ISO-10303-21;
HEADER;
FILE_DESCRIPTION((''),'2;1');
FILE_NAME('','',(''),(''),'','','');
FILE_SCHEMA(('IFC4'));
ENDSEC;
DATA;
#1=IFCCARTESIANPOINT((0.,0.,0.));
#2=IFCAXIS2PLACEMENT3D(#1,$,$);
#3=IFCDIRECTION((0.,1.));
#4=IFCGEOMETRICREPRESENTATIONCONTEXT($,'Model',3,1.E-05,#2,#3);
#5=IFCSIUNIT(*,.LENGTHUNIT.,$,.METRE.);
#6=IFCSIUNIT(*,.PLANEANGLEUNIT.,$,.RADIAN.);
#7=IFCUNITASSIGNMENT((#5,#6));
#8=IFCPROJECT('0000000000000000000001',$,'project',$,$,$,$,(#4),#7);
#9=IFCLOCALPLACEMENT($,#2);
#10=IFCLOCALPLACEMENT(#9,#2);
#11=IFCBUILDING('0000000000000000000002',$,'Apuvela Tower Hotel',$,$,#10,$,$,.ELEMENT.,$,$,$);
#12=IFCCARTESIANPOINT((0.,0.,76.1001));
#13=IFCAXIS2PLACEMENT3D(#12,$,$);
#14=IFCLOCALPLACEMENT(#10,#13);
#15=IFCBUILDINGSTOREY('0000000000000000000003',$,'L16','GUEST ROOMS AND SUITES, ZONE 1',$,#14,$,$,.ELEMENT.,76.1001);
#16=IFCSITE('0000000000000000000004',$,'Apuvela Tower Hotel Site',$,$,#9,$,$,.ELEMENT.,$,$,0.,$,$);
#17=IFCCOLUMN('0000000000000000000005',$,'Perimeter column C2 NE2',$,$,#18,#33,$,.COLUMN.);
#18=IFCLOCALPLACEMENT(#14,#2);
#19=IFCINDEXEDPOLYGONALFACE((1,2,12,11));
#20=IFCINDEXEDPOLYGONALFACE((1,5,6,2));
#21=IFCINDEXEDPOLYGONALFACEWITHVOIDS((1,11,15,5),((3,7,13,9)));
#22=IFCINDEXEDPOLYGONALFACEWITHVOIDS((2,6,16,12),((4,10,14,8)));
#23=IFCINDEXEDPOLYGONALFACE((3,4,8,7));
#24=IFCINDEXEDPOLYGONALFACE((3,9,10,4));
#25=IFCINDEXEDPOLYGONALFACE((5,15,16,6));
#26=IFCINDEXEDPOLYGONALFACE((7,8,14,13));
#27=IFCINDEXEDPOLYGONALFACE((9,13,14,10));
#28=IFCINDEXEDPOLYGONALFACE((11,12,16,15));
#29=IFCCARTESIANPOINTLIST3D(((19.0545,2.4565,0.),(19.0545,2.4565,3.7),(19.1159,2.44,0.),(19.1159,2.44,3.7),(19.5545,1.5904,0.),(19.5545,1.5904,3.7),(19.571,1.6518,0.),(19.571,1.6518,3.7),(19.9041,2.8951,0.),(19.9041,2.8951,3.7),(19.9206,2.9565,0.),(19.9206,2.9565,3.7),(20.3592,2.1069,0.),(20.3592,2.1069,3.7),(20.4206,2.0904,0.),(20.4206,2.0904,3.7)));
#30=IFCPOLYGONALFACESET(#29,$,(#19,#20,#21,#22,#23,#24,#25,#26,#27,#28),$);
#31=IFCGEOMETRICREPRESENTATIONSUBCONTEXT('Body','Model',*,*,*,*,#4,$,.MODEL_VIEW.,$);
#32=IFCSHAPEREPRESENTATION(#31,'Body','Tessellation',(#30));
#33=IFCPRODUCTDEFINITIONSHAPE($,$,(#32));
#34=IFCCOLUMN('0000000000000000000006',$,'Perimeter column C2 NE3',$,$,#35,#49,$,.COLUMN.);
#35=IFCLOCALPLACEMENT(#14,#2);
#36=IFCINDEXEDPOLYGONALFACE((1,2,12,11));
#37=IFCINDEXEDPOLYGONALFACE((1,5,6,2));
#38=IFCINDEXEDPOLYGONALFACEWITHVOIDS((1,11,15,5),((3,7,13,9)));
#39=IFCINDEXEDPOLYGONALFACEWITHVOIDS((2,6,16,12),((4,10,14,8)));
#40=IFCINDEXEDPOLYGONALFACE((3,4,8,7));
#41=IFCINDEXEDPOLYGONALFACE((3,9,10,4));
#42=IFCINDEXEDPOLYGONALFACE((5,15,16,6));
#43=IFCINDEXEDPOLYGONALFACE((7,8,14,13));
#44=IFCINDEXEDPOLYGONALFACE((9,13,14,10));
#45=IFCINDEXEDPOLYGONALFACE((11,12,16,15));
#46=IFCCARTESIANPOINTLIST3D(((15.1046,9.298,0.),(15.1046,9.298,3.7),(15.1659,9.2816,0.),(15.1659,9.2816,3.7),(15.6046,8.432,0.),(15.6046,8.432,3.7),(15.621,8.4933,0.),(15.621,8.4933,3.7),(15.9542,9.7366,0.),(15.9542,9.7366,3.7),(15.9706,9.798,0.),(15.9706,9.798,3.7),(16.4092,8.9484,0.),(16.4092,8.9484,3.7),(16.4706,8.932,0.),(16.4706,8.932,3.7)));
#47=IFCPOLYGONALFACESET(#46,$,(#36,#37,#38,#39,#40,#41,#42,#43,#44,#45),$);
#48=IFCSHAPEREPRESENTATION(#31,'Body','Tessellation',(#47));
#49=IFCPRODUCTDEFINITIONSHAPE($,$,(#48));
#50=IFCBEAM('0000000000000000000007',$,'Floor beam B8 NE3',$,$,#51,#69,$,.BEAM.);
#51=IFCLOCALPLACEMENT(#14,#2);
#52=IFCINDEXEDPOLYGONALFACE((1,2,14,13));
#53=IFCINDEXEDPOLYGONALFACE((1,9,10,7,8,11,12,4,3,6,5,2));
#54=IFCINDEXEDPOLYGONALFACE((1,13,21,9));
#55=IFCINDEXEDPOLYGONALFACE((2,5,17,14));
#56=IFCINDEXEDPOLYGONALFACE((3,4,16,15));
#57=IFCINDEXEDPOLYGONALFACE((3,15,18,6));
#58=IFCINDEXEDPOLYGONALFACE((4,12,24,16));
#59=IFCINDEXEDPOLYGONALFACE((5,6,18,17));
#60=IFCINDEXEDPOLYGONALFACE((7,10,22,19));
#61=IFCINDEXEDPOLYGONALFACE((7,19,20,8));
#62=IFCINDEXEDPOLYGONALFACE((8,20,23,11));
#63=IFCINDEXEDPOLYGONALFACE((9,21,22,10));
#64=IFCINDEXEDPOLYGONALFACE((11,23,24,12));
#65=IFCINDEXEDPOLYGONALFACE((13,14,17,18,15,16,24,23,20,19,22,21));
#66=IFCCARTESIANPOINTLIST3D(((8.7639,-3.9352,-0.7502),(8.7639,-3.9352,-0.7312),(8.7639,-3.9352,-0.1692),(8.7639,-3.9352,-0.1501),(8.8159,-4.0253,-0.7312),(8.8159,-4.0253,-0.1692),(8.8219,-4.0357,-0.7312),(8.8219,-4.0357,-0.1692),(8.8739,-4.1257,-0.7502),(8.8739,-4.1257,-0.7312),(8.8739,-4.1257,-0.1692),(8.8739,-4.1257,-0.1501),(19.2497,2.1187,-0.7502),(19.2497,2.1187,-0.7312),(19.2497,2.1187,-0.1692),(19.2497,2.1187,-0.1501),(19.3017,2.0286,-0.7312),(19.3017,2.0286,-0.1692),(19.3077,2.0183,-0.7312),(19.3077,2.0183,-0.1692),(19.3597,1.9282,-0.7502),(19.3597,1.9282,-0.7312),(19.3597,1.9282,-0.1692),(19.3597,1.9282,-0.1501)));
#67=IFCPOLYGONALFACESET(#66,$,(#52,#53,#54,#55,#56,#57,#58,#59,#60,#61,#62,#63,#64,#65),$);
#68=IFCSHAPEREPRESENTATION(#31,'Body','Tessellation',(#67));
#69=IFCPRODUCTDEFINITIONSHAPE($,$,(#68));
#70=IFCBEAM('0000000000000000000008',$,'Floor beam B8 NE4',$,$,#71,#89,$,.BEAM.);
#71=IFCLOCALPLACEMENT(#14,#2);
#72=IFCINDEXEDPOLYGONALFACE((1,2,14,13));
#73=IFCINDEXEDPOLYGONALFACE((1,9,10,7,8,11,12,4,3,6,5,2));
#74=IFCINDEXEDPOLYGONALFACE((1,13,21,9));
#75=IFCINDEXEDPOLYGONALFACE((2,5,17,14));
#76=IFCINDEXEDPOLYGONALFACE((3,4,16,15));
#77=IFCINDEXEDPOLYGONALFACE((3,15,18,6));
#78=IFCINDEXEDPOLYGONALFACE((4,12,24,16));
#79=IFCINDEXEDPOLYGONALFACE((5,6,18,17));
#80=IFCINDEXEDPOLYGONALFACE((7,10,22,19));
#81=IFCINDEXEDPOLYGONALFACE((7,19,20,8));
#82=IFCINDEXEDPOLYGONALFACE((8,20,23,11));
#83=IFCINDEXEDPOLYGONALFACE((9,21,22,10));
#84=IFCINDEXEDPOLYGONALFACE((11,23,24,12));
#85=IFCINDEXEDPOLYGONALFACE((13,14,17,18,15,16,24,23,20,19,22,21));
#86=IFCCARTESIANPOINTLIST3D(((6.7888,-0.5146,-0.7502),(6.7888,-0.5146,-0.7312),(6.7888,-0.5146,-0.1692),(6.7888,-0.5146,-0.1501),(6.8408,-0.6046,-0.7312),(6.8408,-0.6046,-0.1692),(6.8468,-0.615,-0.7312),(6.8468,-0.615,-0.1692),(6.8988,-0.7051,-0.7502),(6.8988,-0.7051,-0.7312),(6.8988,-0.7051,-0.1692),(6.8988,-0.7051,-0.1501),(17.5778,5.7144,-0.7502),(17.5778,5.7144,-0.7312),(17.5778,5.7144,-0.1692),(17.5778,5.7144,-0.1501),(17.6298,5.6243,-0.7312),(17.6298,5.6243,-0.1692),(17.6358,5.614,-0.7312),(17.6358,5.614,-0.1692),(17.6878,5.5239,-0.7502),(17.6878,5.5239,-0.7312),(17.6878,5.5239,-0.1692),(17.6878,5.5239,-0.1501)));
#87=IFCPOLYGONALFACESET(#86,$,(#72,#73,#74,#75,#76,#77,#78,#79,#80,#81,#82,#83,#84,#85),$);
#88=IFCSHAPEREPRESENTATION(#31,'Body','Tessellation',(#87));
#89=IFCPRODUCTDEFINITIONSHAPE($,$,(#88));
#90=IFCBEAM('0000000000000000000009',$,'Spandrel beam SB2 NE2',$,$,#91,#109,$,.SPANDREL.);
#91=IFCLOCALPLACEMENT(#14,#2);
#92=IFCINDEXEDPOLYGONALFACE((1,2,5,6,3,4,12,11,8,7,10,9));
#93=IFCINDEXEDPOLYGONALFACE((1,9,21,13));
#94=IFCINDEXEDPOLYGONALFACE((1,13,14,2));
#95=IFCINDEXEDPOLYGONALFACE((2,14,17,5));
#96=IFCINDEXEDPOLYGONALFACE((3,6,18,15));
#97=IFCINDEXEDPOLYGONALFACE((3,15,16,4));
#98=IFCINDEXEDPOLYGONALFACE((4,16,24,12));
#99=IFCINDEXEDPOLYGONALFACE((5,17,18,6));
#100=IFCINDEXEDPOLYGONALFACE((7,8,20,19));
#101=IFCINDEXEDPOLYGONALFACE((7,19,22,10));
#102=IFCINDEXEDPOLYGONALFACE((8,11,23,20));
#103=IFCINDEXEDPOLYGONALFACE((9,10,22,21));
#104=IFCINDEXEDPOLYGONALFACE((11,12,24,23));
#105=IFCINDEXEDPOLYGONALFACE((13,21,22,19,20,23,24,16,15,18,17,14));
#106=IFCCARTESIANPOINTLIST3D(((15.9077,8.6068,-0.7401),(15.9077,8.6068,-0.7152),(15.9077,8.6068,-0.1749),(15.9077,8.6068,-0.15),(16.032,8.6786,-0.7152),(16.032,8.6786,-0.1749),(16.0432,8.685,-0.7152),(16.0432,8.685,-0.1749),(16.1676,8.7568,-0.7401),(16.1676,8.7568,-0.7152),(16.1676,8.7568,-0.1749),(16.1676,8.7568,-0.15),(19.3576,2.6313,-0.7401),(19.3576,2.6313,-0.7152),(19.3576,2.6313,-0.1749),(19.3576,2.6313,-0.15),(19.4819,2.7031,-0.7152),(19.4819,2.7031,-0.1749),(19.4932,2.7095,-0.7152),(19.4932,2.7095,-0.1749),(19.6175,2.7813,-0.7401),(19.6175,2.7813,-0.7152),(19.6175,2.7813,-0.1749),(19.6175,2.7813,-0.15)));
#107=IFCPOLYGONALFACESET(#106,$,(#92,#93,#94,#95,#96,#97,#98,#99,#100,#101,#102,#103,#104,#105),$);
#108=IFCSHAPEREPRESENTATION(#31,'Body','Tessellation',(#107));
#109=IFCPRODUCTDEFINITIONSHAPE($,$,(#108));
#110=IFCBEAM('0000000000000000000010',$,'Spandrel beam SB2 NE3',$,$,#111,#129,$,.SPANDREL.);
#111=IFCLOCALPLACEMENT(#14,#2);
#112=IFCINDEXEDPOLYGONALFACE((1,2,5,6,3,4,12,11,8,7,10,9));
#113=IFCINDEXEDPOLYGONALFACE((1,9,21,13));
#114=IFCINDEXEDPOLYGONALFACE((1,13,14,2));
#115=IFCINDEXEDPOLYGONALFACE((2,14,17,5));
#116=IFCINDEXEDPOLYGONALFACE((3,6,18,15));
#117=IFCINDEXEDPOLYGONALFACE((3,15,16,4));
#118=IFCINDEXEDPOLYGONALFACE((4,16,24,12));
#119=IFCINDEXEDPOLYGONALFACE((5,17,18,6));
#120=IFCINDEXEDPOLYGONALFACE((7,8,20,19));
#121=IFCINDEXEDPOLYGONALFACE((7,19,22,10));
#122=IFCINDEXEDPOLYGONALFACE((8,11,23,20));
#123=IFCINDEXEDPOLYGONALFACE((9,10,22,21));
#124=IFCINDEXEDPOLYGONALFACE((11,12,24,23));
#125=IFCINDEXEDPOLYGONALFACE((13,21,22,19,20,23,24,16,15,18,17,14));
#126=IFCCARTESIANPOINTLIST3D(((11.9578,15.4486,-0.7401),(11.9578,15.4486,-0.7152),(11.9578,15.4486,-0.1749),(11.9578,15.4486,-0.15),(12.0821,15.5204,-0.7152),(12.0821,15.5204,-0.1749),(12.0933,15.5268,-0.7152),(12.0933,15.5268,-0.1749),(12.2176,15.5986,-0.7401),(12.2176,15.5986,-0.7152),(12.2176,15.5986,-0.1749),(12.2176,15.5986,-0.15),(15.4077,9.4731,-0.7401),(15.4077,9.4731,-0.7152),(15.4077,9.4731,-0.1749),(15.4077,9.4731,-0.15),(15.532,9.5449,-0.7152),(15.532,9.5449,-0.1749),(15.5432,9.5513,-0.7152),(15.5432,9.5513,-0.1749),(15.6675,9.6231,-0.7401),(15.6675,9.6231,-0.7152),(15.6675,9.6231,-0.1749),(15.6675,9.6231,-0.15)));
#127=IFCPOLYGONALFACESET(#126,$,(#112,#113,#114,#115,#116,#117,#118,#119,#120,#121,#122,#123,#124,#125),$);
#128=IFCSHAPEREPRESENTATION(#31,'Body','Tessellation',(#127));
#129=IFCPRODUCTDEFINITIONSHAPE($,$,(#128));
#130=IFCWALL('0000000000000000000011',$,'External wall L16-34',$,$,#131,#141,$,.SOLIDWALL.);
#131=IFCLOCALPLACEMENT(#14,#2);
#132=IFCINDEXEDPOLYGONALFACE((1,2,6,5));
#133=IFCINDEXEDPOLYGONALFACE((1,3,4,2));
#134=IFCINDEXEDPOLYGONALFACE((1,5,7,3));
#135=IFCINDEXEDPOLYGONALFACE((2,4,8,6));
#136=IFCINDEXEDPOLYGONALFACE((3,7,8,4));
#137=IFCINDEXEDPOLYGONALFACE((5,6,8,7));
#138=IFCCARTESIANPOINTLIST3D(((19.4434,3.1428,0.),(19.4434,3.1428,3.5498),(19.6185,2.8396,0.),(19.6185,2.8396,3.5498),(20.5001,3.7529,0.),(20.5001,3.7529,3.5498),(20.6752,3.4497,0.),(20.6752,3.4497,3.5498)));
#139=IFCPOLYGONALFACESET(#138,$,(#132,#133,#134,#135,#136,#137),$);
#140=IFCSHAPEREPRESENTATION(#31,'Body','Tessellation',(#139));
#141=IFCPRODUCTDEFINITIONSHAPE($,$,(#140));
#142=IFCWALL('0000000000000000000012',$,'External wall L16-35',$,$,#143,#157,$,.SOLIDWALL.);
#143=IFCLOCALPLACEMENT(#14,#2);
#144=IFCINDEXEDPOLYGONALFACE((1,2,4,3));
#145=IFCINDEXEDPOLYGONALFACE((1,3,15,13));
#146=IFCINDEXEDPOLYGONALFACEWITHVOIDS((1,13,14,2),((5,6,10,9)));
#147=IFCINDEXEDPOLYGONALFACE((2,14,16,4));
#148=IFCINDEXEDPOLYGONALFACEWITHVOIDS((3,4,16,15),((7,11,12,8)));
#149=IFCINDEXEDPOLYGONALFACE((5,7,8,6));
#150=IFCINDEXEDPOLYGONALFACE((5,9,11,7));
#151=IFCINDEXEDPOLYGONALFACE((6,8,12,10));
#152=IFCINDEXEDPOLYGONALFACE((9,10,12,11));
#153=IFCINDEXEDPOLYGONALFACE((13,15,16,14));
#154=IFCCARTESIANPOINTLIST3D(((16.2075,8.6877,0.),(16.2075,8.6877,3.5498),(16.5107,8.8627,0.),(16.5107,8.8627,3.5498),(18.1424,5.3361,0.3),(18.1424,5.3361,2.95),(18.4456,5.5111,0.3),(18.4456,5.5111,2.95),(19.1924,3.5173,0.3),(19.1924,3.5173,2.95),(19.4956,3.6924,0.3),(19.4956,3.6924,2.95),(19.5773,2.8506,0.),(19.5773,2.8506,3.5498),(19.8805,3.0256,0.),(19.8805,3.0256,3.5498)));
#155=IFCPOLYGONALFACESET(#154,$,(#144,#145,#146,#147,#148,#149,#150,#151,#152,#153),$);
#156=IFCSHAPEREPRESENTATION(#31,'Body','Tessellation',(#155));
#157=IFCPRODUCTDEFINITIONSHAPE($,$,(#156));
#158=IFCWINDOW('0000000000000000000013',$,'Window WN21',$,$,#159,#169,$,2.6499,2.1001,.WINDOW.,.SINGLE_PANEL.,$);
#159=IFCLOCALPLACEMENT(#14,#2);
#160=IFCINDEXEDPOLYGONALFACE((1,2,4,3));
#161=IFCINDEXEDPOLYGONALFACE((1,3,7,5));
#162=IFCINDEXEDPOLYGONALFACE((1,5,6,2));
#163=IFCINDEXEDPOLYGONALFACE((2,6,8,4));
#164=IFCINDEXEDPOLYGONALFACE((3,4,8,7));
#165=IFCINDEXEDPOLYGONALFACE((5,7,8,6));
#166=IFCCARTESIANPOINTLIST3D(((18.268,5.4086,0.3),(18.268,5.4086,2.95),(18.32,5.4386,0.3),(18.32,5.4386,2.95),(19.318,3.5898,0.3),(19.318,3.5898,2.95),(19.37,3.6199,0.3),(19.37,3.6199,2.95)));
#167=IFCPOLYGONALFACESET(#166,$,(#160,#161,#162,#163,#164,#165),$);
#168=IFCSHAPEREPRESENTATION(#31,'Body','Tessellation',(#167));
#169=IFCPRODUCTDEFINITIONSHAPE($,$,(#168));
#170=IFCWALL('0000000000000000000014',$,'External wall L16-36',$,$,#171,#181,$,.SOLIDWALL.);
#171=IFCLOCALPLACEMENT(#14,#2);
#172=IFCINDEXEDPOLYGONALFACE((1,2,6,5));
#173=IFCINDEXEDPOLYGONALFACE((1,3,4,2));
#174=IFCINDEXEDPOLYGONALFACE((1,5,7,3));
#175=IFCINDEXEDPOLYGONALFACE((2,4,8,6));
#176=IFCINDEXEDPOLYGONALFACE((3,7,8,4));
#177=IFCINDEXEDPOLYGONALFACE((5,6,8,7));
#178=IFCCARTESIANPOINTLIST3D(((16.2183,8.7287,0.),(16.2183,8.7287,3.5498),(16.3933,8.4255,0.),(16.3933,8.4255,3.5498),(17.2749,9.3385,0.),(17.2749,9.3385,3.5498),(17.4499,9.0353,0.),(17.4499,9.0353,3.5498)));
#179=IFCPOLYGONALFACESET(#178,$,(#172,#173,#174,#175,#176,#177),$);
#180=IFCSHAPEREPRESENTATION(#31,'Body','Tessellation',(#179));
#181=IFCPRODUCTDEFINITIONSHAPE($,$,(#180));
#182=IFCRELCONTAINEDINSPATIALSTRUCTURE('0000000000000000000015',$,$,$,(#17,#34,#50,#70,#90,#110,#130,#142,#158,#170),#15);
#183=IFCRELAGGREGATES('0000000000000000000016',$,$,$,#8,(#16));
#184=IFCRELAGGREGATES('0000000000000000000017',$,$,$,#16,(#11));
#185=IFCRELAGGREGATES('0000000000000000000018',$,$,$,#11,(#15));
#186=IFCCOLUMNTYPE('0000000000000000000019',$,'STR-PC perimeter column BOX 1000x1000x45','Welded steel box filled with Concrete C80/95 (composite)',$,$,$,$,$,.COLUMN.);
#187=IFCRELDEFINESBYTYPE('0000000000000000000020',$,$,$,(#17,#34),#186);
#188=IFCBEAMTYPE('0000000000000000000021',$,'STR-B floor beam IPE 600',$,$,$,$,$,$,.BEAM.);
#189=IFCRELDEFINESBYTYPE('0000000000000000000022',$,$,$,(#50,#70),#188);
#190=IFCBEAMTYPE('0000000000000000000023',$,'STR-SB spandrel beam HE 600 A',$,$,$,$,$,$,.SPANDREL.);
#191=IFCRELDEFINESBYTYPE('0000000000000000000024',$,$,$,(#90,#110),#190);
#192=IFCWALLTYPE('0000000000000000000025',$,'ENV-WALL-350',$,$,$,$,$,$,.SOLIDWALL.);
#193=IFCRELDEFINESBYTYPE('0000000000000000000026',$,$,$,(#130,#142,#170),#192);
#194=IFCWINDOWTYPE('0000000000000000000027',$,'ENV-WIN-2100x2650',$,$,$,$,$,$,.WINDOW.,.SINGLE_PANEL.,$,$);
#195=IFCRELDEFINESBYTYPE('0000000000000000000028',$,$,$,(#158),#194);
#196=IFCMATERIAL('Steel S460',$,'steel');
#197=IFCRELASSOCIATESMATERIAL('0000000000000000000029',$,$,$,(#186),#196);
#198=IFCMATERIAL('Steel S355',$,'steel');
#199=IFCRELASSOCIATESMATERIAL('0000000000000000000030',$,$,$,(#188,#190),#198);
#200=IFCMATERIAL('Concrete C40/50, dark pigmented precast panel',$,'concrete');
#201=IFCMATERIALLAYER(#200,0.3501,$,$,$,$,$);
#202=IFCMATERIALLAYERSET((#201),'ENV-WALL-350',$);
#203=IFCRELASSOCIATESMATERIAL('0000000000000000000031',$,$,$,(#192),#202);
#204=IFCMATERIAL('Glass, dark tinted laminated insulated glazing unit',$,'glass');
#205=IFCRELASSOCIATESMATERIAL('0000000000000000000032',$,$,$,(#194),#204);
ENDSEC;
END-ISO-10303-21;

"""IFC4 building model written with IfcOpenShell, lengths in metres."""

from ifc_helpers import new_model, si_unit, direction, frame, frame_2d, origin, origin_2d, place, context, subcontext, project, spatial, rectangle, hollow_rectangle, i_section, extrude, material, layer, layer_set, material_profile, profile_set, type_object, element, fill, save


model = new_model("IFC4")

# Units and contexts
model_context = context("Model", 3, precision=1e-05, world=origin(), true_north=direction((0.0, 1.0)))
body_context = subcontext(model_context, "Body", "Model", "MODEL_VIEW")
ifc_project = project(units=[si_unit("LENGTHUNIT", "METRE"), si_unit("PLANEANGLEUNIT", "RADIAN")], contexts=[model_context])

# Site, building, storey
site_placement = place(None, origin())
site = spatial("IfcSite", under=ifc_project, at=site_placement, Name="Apuvela Tower Hotel Site", CompositionType="ELEMENT", RefElevation=0.0)
building_placement = place(site_placement, origin())
building = spatial("IfcBuilding", under=site, at=building_placement, Name="Apuvela Tower Hotel", CompositionType="ELEMENT")
storey_placement = place(building_placement, frame((0.0, 0.0, 76.1001)))
storey = spatial("IfcBuildingStorey", under=building, at=storey_placement, Name="L16", Description="GUEST ROOMS AND SUITES, ZONE 1", CompositionType="ELEMENT", Elevation=76.1001)

# Columns
ifc_material_1 = material(Name="Steel S460", Category="steel")
ifc_material_profile_1 = material_profile(ifc_material_1, hollow_rectangle(XDim=1.0, YDim=1.0, WallThickness=0.0449, at=origin_2d()), Name="BOX 1000x1000x45")
ifc_material_2 = material(Name="Concrete C80/95", Category="concrete")
ifc_material_profile_2 = material_profile(ifc_material_2, rectangle(XDim=0.9099, YDim=0.9099, at=origin_2d()), Name="Concrete C80/95 infill")
ifc_profile_set_1 = profile_set([ifc_material_profile_1, ifc_material_profile_2], Name="Steel S460")
column_type = type_object("IfcColumnType", Name="STR-PC perimeter column BOX 1000x1000x45", Description="Welded steel box filled with Concrete C80/95 (composite)", PredefinedType="COLUMN", material=ifc_profile_set_1)
for number, where, z_axis, x_axis, name in (
    (1, (19.7375, 2.2734, 0.0), (0.0, 0.0, 1.0), (-0.5, 0.866025, 0.0), "Perimeter column C2 NE2"),
    (2, (15.7876, 9.115, 0.0), (0.0, 0.0, 1.0), (-0.5, 0.866025, 0.0), "Perimeter column C2 NE3"),
):
    element("IfcColumn", number, at=place(storey_placement, frame(where, z_axis=z_axis, x_axis=x_axis)), inside=storey, type_object=column_type, Name=name, PredefinedType="COLUMN", context=body_context, shape_type="SweptSolid", body=[
        extrude(hollow_rectangle(XDim=1.0, YDim=1.0, WallThickness=0.0449, at=origin_2d()), origin(), (0.0, 0.0, 1.0), 3.7),
    ])

# Beams
ifc_material_3 = material(Name="Steel S355", Category="steel")
ifc_material_profile_3 = material_profile(ifc_material_3, i_section(OverallWidth=0.22, OverallDepth=0.6001, WebThickness=0.012, FlangeThickness=0.019, at=origin_2d()), Name="IPE 600")
ifc_profile_set_2 = profile_set([ifc_material_profile_3], Name="Steel S355")
beam_type_1 = type_object("IfcBeamType", Name="STR-B floor beam IPE 600", PredefinedType="BEAM", material=ifc_profile_set_2)
beam_1_placement = place(storey_placement, frame((19.3047, 2.0234, -0.4502), z_axis=(-0.866027, -0.499997, 0.0), x_axis=(0.499997, -0.866027, 0.0)))
element("IfcBeam", 3, at=beam_1_placement, inside=storey, type_object=beam_type_1, Name="Floor beam B8 NE3", PredefinedType="BEAM", context=body_context, shape_type="SweptSolid", body=[
    extrude(i_section(OverallWidth=0.22, OverallDepth=0.6001, WebThickness=0.012, FlangeThickness=0.019, at=origin_2d()), origin(), (0.0, 0.0, 1.0), 12.1079),
])
beam_2_placement = place(storey_placement, frame((17.6328, 5.6191, -0.4502), z_axis=(-0.866028, -0.499996, 0.0), x_axis=(0.499996, -0.866028, 0.0)))
element("IfcBeam", 4, at=beam_2_placement, inside=storey, type_object=beam_type_1, Name="Floor beam B8 NE4", PredefinedType="BEAM", context=body_context, shape_type="SweptSolid", body=[
    extrude(i_section(OverallWidth=0.22, OverallDepth=0.6001, WebThickness=0.012, FlangeThickness=0.019, at=origin_2d()), origin(), (0.0, 0.0, 1.0), 12.458),
])
ifc_material_profile_4 = material_profile(ifc_material_3, i_section(OverallWidth=0.3, OverallDepth=0.5901, WebThickness=0.0129, FlangeThickness=0.0249, at=origin_2d()), Name="HE 600 A")
ifc_profile_set_3 = profile_set([ifc_material_profile_4], Name="Steel S355")
beam_type_2 = type_object("IfcBeamType", Name="STR-SB spandrel beam HE 600 A", PredefinedType="SPANDREL", material=ifc_profile_set_3)
for number, where, z_axis, x_axis, name in (
    (5, (19.4875, 2.7063, -0.4451), (-0.499994, 0.866029, 0.0), (-0.866029, -0.499994, 0.0), "Spandrel beam SB2 NE2"),
    (6, (15.5376, 9.5481, -0.4451), (-0.499994, 0.866029, 0.0), (-0.866029, -0.499994, 0.0), "Spandrel beam SB2 NE3"),
):
    element("IfcBeam", number, at=place(storey_placement, frame(where, z_axis=z_axis, x_axis=x_axis)), inside=storey, type_object=beam_type_2, Name=name, PredefinedType="SPANDREL", context=body_context, shape_type="SweptSolid", body=[
        extrude(i_section(OverallWidth=0.3, OverallDepth=0.5901, WebThickness=0.0129, FlangeThickness=0.0249, at=origin_2d()), origin(), (0.0, 0.0, 1.0), 6.8999),
    ])

# Wall
ifc_material_4 = material(Name="Concrete C40/50, dark pigmented precast panel", Category="concrete")
ifc_layer_1 = layer(ifc_material_4, 0.3501)
ifc_layer_set_1 = layer_set([ifc_layer_1], Name="ENV-WALL-350")
wall_type_1 = type_object("IfcWallType", Name="ENV-WALL-350", PredefinedType="SOLIDWALL", material=ifc_layer_set_1)
wall_1_placement = place(storey_placement, frame((20.5876, 3.6013, 0.0), z_axis=(0.0, 0.0, 1.0), x_axis=(-0.866006, -0.500034, 0.0)))
element("IfcWall", 7, at=wall_1_placement, inside=storey, type_object=wall_type_1, Name="External wall L16-34", PredefinedType="SOLIDWALL", context=body_context, shape_type="SweptSolid", body=[
    extrude(rectangle(XDim=1.2202, YDim=0.3501, at=frame_2d((0.6101, 0.0))), origin(), (0.0, 0.0, 1.0), 3.5498),
])

# Wall, opening, window
wall_2_placement = place(storey_placement, frame((19.729, 2.938, 0.0), z_axis=(0.0, 0.0, 1.0), x_axis=(-0.499976, 0.866039, 0.0)))
wall_2 = element("IfcWall", 8, at=wall_2_placement, inside=storey, type_object=wall_type_1, Name="External wall L16-35", PredefinedType="SOLIDWALL", context=body_context, shape_type="SweptSolid", body=[
    extrude(rectangle(XDim=6.74, YDim=0.3501, at=frame_2d((3.3701, 0.0))), origin(), (0.0, 0.0, 1.0), 3.5498),
])
opening_1_placement = place(wall_2_placement, frame((0.77, 0.0, 0.3)))
opening_1 = element("IfcOpeningElement", 9, at=opening_1_placement, cuts=wall_2, PredefinedType="OPENING", context=body_context, shape_type="SweptSolid", body=[
    extrude(rectangle(XDim=2.1001, YDim=2.6499, at=frame_2d((1.05, 1.325))), frame((0.0, 0.1851, 0.0), z_axis=(0.0, -1.0, 0.0), x_axis=(1.0, 0.0, 0.0)), (0.0, 0.0, 1.0), 0.3701),
])
ifc_material_5 = material(Name="Glass, dark tinted laminated insulated glazing unit", Category="glass")
window_type_1 = type_object("IfcWindowType", Name="ENV-WIN-2100x2650", PartitioningType="SINGLE_PANEL", PredefinedType="WINDOW", material=ifc_material_5)
window_1_placement = place(opening_1_placement, origin())
window_1 = element("IfcWindow", 10, at=window_1_placement, inside=storey, type_object=window_type_1, Name="Window WN21", OverallHeight=2.6499, OverallWidth=2.1001, PartitioningType="SINGLE_PANEL", PredefinedType="WINDOW", context=body_context, shape_type="SweptSolid", body=[
    extrude(rectangle(XDim=2.1001, YDim=2.6499, at=frame_2d((1.05, 1.325))), frame((0.0, 0.03, 0.0), z_axis=(0.0, -1.0, 0.0), x_axis=(1.0, 0.0, 0.0)), (0.0, 0.0, 1.0), 0.0601),
])
fill(opening_1, window_1)

# Wall
wall_3_placement = place(storey_placement, frame((16.3059, 8.5771, 0.0), z_axis=(0.0, 0.0, 1.0), x_axis=(0.866092, 0.499884, 0.0)))
element("IfcWall", 11, at=wall_3_placement, inside=storey, type_object=wall_type_1, Name="External wall L16-36", PredefinedType="SOLIDWALL", context=body_context, shape_type="SweptSolid", body=[
    extrude(rectangle(XDim=1.22, YDim=0.3501, at=frame_2d((0.6099, 0.0))), origin(), (0.0, 0.0, 1.0), 3.5498),
])

save(model, "model.ifc")
